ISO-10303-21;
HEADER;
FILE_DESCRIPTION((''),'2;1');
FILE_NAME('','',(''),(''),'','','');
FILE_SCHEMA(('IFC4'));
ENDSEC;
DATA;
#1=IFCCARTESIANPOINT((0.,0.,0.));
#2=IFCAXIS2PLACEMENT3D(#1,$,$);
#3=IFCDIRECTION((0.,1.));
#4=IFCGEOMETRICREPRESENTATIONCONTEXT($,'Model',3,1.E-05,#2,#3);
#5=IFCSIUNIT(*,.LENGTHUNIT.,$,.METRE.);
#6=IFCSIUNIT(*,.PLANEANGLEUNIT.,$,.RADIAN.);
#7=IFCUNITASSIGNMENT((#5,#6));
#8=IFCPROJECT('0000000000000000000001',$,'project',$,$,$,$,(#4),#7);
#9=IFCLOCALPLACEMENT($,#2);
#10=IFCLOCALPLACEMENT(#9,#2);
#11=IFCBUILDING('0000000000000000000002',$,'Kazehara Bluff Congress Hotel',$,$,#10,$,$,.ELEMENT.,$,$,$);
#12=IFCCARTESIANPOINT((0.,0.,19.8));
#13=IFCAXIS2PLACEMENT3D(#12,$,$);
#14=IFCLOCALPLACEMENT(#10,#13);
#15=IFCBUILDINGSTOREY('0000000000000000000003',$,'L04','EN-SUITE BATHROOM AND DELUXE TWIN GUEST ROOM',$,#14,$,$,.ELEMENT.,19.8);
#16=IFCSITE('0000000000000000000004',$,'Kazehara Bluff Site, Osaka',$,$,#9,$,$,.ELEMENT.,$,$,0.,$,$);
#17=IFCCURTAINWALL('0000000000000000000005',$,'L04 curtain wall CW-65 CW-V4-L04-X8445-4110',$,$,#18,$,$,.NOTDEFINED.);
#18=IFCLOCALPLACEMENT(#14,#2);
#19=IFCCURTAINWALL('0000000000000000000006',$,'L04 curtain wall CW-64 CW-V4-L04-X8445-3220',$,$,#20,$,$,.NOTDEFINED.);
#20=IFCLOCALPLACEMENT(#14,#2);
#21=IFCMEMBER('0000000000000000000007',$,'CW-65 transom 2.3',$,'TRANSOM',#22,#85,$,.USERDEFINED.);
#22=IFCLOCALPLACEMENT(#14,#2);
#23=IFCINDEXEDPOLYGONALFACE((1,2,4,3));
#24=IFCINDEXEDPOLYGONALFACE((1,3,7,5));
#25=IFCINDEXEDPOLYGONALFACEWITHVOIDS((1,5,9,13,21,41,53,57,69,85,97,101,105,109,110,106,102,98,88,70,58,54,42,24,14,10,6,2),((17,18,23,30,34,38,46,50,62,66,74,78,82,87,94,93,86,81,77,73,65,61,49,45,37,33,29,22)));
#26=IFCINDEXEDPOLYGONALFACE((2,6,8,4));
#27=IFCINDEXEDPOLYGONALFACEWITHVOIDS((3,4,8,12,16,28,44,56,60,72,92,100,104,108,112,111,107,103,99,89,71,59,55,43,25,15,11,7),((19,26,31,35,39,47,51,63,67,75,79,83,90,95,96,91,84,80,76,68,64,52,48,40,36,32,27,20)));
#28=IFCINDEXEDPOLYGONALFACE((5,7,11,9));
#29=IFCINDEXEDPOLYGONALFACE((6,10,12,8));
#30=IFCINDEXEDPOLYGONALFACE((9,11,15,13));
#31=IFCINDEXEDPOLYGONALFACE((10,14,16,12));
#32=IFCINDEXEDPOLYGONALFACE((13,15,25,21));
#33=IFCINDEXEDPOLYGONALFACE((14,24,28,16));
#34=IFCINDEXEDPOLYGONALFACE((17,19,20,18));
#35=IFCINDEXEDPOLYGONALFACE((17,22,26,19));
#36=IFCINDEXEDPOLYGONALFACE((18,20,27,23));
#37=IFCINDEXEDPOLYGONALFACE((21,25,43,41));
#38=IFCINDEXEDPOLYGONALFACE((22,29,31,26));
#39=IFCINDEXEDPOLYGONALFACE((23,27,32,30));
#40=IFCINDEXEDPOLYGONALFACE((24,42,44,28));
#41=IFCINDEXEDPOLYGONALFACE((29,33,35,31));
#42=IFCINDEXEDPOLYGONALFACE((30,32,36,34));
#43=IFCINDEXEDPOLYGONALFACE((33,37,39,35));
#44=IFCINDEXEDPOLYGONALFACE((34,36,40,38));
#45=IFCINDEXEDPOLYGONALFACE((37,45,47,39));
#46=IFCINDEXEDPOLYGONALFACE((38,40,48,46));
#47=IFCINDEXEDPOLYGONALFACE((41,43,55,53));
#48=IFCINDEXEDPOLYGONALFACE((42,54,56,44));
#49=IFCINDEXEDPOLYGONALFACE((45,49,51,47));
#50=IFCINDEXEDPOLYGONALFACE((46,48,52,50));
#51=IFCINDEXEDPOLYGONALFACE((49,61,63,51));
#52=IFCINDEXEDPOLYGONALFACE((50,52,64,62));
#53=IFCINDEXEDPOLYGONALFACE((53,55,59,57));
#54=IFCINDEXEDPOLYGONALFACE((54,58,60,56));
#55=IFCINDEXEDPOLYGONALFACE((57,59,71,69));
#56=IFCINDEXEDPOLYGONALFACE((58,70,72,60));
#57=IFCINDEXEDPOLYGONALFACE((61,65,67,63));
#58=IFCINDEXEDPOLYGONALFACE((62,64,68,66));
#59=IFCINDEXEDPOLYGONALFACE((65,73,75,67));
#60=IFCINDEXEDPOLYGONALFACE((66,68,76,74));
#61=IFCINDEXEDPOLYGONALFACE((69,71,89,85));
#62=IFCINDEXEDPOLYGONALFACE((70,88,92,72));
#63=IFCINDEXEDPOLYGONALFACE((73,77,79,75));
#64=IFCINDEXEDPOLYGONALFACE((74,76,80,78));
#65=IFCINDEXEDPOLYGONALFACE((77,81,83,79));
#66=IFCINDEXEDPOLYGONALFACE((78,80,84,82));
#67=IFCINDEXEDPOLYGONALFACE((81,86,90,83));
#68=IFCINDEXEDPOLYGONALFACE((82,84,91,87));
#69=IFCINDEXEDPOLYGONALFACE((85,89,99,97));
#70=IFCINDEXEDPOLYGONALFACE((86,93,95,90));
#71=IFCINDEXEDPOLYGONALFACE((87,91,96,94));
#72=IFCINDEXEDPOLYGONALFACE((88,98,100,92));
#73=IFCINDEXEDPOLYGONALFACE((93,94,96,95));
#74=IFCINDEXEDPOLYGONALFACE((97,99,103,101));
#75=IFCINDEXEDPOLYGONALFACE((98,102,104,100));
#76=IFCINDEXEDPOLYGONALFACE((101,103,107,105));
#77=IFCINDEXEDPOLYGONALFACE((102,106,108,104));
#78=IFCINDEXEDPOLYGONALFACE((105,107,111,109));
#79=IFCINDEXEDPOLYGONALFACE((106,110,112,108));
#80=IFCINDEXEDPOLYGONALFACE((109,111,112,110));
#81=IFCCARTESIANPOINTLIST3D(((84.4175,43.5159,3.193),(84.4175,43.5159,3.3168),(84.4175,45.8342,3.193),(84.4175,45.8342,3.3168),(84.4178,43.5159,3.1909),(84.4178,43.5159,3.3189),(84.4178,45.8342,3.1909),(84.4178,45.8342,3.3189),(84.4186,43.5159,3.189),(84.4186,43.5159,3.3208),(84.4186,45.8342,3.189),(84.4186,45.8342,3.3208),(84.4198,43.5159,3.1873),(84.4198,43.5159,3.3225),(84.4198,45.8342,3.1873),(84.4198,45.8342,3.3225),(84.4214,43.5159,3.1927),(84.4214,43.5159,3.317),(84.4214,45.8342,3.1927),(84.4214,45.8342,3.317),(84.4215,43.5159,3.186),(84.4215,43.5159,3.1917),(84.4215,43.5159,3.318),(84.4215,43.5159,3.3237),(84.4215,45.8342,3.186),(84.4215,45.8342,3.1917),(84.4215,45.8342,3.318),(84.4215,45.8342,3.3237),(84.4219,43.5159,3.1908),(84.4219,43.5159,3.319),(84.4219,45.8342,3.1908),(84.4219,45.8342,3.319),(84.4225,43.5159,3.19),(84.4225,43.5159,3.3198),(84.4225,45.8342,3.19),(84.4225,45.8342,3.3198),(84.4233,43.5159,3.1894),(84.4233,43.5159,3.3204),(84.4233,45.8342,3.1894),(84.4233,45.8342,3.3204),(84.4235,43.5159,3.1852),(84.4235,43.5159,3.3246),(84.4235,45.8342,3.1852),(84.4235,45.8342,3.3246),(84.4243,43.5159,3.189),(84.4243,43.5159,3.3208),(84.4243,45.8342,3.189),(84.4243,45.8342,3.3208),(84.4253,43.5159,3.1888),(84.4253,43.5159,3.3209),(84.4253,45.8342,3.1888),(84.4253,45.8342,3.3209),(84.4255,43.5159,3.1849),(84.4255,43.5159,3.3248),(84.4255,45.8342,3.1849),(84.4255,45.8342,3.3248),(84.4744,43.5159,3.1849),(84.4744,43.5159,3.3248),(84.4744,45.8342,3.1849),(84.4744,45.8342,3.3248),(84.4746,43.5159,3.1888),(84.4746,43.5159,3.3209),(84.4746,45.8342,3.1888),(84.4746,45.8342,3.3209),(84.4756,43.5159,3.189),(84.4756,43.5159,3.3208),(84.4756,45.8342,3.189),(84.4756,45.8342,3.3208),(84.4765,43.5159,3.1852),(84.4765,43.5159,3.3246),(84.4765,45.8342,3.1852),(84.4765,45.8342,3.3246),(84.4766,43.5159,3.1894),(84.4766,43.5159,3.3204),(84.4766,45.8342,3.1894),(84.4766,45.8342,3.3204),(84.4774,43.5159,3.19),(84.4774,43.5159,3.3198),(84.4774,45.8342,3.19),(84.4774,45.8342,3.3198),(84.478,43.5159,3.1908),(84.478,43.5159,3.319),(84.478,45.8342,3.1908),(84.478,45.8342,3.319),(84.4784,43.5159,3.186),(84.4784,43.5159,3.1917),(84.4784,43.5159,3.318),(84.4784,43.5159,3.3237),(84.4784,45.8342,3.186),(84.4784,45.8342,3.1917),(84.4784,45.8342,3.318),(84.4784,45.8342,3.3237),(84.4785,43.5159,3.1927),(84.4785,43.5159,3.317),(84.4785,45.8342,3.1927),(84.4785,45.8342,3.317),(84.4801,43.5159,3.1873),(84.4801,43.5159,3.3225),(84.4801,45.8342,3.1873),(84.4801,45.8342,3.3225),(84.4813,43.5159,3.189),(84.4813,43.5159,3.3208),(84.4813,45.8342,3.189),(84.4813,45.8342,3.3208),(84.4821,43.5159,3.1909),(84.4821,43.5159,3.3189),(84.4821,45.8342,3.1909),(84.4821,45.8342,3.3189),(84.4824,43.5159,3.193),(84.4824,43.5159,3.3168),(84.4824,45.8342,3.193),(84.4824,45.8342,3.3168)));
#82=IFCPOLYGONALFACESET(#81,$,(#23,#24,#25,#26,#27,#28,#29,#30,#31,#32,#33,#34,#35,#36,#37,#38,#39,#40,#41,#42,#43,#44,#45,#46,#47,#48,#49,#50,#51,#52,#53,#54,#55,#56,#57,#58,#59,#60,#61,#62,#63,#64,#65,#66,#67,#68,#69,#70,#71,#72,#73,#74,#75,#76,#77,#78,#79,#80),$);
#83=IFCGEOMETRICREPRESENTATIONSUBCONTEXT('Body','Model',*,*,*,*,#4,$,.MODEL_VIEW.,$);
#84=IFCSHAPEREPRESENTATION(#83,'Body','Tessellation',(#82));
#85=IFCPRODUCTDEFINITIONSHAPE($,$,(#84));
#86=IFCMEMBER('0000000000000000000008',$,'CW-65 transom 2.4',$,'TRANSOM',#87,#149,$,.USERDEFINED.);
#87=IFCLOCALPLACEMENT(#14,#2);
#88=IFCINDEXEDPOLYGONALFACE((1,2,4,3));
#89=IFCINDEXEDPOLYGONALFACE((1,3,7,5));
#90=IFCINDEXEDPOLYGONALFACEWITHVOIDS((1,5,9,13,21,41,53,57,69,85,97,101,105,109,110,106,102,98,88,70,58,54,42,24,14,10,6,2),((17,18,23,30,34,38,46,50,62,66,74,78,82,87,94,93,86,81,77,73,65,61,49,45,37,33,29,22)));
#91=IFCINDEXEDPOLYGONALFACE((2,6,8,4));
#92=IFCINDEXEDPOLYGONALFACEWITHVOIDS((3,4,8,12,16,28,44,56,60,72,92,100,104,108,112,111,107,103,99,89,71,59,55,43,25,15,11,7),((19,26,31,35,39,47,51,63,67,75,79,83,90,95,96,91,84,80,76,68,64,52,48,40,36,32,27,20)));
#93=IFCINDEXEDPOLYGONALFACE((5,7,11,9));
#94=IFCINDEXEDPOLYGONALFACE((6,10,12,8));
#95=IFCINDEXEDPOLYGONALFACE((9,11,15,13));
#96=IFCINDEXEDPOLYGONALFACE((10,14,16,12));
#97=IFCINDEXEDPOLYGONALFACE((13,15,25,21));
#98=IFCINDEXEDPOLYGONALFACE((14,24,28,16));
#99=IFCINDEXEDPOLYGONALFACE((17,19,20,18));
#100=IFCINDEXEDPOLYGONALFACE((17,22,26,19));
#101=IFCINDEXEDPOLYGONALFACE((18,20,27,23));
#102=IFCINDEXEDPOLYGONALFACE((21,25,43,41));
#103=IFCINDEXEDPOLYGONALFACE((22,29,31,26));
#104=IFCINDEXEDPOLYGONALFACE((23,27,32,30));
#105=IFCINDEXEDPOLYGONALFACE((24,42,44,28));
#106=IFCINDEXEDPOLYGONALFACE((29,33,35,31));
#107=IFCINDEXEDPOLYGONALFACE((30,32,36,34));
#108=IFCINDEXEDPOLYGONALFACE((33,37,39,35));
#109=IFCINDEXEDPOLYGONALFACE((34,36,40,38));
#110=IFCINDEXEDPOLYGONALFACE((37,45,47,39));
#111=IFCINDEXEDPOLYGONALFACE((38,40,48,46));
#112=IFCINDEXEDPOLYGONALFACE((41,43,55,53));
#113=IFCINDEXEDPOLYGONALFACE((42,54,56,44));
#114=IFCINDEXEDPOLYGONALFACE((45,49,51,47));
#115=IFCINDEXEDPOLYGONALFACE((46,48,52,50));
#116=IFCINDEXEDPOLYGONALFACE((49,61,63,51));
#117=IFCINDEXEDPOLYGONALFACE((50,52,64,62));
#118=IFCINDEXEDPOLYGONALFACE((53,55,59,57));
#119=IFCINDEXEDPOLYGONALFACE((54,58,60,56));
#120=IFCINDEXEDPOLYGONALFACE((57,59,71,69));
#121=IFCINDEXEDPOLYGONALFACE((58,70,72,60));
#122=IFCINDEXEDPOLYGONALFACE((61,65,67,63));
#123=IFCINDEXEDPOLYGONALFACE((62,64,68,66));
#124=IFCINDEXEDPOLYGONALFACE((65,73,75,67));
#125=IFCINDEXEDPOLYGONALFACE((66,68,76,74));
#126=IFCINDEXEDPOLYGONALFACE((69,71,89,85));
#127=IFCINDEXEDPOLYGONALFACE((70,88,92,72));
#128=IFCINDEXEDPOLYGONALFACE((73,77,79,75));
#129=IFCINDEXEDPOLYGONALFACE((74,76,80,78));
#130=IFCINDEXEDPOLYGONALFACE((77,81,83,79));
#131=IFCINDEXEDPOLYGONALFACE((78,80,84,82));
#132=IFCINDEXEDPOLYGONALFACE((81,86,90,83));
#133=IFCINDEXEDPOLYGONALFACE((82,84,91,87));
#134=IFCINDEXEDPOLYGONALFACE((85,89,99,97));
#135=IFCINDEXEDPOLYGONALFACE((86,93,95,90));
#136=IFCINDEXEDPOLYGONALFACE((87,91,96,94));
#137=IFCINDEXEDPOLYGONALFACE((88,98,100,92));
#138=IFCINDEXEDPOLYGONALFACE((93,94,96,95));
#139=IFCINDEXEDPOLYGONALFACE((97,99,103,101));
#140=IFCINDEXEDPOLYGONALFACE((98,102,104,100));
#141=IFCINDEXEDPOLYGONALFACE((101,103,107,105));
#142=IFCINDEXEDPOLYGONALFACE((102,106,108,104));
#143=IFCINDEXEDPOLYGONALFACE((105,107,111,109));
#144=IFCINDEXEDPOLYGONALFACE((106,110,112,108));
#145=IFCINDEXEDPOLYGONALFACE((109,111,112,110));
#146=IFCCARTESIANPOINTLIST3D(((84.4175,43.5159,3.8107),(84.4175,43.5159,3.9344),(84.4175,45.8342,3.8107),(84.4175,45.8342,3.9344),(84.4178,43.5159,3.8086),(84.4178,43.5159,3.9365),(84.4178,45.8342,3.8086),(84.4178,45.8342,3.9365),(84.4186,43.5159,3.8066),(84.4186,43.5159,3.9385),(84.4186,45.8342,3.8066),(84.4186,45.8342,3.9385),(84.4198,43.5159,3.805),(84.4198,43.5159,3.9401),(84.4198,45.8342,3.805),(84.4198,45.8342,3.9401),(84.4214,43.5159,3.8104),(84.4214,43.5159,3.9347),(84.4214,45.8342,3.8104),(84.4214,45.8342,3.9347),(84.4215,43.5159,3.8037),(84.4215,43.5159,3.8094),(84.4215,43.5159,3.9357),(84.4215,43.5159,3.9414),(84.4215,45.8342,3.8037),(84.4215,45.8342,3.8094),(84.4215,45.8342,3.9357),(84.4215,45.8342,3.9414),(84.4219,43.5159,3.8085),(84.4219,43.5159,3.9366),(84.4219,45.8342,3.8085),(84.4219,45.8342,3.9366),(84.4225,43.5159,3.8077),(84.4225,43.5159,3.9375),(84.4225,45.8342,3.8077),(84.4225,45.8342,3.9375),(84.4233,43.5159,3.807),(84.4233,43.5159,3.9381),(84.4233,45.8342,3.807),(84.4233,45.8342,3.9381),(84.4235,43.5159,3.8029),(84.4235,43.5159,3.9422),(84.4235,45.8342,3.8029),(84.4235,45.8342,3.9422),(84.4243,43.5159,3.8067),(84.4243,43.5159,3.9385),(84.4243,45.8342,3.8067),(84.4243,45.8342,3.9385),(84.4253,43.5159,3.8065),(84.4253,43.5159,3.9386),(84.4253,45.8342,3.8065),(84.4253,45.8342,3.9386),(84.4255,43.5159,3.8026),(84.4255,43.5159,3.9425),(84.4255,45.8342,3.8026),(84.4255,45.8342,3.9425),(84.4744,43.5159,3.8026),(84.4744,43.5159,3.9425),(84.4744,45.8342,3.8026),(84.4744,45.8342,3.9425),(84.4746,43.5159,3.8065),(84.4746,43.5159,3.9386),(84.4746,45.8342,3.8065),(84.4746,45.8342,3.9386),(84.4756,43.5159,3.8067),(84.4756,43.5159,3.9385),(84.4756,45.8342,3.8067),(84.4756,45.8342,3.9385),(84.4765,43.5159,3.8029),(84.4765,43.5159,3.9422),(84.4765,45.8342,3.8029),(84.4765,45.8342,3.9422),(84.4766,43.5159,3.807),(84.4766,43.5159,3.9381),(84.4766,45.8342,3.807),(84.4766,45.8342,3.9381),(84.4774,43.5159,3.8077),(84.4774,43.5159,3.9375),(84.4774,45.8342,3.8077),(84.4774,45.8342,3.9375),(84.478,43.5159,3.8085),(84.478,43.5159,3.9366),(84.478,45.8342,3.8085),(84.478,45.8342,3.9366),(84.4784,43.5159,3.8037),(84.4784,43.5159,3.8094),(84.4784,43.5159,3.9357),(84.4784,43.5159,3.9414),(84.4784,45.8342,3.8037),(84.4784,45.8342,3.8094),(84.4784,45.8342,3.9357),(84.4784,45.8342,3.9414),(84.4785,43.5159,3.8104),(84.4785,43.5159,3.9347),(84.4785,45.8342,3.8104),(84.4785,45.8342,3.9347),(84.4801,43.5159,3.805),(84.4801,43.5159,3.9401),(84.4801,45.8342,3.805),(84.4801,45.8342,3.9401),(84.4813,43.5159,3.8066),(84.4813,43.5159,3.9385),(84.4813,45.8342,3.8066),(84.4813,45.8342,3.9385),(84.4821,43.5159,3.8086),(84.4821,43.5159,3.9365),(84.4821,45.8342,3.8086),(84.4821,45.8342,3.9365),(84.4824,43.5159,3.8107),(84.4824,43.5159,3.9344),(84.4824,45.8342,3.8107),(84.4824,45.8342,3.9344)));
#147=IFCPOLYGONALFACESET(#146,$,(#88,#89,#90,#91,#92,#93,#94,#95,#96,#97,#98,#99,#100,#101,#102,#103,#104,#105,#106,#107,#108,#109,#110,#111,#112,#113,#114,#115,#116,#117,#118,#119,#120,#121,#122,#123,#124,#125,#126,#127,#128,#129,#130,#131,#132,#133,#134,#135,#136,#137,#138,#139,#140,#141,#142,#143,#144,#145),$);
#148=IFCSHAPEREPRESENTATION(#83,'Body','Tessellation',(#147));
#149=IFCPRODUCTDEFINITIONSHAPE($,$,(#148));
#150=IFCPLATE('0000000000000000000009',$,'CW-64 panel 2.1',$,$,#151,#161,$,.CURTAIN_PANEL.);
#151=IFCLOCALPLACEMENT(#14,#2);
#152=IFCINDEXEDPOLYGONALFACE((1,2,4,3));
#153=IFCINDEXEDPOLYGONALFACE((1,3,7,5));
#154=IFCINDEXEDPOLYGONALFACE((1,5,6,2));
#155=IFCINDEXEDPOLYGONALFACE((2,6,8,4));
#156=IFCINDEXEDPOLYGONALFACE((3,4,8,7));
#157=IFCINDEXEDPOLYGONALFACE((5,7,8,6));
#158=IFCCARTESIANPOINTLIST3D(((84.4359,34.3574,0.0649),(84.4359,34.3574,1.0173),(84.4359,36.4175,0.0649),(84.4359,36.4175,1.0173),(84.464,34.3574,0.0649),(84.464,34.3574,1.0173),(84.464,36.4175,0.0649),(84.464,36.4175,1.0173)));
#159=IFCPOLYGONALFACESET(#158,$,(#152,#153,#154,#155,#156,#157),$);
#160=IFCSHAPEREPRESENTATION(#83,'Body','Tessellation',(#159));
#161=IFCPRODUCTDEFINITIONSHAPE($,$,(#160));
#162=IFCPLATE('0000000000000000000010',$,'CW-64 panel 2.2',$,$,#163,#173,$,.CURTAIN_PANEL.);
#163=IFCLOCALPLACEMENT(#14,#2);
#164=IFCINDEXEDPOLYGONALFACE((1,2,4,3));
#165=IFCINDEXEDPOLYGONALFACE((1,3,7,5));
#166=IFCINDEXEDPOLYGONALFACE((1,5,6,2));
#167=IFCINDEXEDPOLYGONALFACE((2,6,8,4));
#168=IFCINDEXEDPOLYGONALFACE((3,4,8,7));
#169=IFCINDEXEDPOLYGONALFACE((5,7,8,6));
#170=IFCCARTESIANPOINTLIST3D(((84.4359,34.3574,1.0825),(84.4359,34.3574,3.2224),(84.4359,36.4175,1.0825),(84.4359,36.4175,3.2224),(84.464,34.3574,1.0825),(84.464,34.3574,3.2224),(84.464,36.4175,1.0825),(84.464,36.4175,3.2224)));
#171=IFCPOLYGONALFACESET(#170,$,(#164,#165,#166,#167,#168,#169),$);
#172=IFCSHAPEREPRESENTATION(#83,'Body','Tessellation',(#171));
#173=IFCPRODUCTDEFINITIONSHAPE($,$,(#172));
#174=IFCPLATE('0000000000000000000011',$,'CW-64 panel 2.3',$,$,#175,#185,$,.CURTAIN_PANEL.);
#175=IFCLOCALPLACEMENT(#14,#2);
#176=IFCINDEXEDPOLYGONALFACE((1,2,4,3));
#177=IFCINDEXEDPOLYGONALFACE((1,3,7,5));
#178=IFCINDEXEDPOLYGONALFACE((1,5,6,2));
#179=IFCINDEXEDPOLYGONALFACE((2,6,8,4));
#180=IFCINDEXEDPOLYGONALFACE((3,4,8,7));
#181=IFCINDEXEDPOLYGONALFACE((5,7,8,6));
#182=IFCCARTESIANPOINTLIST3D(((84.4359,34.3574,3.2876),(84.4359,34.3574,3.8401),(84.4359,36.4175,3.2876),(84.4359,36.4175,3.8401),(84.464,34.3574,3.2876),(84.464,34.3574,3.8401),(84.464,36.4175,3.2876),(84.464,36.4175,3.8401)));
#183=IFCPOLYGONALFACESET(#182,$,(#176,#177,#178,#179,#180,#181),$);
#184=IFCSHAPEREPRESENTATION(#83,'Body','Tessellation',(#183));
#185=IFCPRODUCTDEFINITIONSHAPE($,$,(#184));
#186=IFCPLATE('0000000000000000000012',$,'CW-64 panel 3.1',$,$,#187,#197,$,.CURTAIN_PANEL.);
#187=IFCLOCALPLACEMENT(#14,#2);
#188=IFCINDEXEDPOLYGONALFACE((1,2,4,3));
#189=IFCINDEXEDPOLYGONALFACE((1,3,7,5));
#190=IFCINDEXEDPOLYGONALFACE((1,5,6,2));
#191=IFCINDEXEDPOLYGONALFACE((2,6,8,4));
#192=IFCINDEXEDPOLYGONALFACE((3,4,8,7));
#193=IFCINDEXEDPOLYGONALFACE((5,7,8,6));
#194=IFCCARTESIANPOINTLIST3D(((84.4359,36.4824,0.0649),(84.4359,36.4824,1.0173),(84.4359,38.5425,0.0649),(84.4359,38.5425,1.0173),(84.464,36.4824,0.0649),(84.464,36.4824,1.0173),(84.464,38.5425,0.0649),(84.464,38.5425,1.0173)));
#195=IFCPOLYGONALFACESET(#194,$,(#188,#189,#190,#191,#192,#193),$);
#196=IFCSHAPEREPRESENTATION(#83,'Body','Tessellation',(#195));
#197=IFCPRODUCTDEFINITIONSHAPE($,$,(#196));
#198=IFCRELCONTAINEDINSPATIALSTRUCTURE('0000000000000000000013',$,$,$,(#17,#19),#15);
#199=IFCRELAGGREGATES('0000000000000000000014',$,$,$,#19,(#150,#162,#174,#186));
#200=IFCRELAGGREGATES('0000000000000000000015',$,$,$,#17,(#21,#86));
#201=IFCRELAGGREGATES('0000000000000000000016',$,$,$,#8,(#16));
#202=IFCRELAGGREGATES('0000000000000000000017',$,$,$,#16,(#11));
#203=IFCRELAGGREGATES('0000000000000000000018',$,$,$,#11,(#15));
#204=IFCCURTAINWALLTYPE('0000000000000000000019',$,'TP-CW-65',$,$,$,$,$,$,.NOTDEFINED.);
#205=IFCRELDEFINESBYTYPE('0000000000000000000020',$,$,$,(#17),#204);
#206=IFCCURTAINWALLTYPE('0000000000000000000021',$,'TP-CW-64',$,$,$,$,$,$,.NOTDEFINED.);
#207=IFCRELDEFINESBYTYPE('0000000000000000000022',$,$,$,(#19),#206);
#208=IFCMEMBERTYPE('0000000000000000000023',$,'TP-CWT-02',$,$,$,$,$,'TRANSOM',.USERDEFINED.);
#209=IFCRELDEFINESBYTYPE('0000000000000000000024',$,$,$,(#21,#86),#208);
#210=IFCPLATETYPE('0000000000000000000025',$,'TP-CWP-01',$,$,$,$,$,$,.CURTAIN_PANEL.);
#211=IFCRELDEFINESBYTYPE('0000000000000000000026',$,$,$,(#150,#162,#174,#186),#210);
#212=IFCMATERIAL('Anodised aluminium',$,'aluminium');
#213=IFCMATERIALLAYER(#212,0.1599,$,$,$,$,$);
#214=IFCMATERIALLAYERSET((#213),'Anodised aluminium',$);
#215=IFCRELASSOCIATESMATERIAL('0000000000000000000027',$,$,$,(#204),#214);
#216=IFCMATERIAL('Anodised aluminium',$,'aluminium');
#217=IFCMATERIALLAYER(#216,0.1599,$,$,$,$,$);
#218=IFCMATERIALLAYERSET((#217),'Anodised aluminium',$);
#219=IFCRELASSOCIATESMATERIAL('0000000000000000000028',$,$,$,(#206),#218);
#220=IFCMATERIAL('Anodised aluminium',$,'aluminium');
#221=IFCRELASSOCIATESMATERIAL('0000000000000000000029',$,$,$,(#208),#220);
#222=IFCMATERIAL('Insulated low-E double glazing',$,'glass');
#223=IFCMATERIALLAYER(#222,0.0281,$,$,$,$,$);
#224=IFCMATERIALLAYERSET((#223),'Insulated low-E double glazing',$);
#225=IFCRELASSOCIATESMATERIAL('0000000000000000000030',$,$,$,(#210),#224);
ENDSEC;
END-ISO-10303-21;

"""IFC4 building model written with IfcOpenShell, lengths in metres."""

from ifc_helpers import new_model, si_unit, direction, frame, origin, origin_2d, place, context, subcontext, project, spatial, rectangle, hollow_rectangle, extrude, material, layer, layer_set, material_profile, profile_set, type_object, element, aggregate, save


model = new_model("IFC4")

# Units and contexts
model_context = context("Model", 3, precision=1e-05, world=origin(), true_north=direction((0.0, 1.0)))
body_context = subcontext(model_context, "Body", "Model", "MODEL_VIEW")
ifc_project = project(units=[si_unit("LENGTHUNIT", "METRE"), si_unit("PLANEANGLEUNIT", "RADIAN")], contexts=[model_context])

# Site, building, storey
site_placement = place(None, origin())
site = spatial("IfcSite", under=ifc_project, at=site_placement, Name="Kazehara Bluff Site, Osaka", CompositionType="ELEMENT", RefElevation=0.0)
building_placement = place(site_placement, origin())
building = spatial("IfcBuilding", under=site, at=building_placement, Name="Kazehara Bluff Congress Hotel", CompositionType="ELEMENT")
storey_placement = place(building_placement, frame((0.0, 0.0, 19.8)))
storey = spatial("IfcBuildingStorey", under=building, at=storey_placement, Name="L04", Description="EN-SUITE BATHROOM AND DELUXE TWIN GUEST ROOM", CompositionType="ELEMENT", Elevation=19.8)

# Curtain walls
ifc_material_1 = material(Name="Anodised aluminium", Category="aluminium")
ifc_layer_1 = layer(ifc_material_1, 0.1599)
ifc_layer_set_1 = layer_set([ifc_layer_1], Name="Anodised aluminium")
curtain_wall_type_1 = type_object("IfcCurtainWallType", Name="TP-CW-65", PredefinedType="NOTDEFINED", material=ifc_layer_set_1)
curtain_wall_1_placement = place(storey_placement, origin())
curtain_wall_1 = element("IfcCurtainWall", 1, at=curtain_wall_1_placement, inside=storey, type_object=curtain_wall_type_1, Name="L04 curtain wall CW-65 CW-V4-L04-X8445-4110", PredefinedType="NOTDEFINED")
ifc_material_2 = material(Name="Anodised aluminium", Category="aluminium")
ifc_layer_2 = layer(ifc_material_2, 0.1599)
ifc_layer_set_2 = layer_set([ifc_layer_2], Name="Anodised aluminium")
curtain_wall_type_2 = type_object("IfcCurtainWallType", Name="TP-CW-64", PredefinedType="NOTDEFINED", material=ifc_layer_set_2)
curtain_wall_2_placement = place(storey_placement, origin())
curtain_wall_2 = element("IfcCurtainWall", 2, at=curtain_wall_2_placement, inside=storey, type_object=curtain_wall_type_2, Name="L04 curtain wall CW-64 CW-V4-L04-X8445-3220", PredefinedType="NOTDEFINED")
ifc_material_3 = material(Name="Anodised aluminium", Category="aluminium")
ifc_material_profile_1 = material_profile(ifc_material_3, hollow_rectangle(XDim=0.0649, YDim=0.1399, WallThickness=0.0039, InnerFilletRadius=0.0039, OuterFilletRadius=0.0081, at=origin_2d()))
ifc_profile_set_1 = profile_set([ifc_material_profile_1], Name="Anodised aluminium")
member_type_1 = type_object("IfcMemberType", Name="TP-CWT-02", ElementType="TRANSOM", PredefinedType="USERDEFINED", material=ifc_profile_set_1)

# Members
member_1_placement = place(storey_placement, frame((84.45, 43.5159, 3.2549), z_axis=(0.0, 1.0, 0.0), x_axis=(-1.0, 0.0, 0.0)))
member_1 = element("IfcMember", 3, at=member_1_placement, type_object=member_type_1, Name="CW-65 transom 2.3", ObjectType="TRANSOM", PredefinedType="USERDEFINED", context=body_context, shape_type="SweptSolid", body=[
    extrude(hollow_rectangle(XDim=0.0649, YDim=0.1399, WallThickness=0.0039, InnerFilletRadius=0.0039, OuterFilletRadius=0.0081, at=origin_2d()), origin(), (0.0, 0.0, 1.0), 2.3184),
])
member_2_placement = place(storey_placement, frame((84.45, 43.5159, 3.8726), z_axis=(0.0, 1.0, 0.0), x_axis=(-1.0, 0.0, 0.0)))
member_2 = element("IfcMember", 4, at=member_2_placement, type_object=member_type_1, Name="CW-65 transom 2.4", ObjectType="TRANSOM", PredefinedType="USERDEFINED", context=body_context, shape_type="SweptSolid", body=[
    extrude(hollow_rectangle(XDim=0.0649, YDim=0.1399, WallThickness=0.0039, InnerFilletRadius=0.0039, OuterFilletRadius=0.0081, at=origin_2d()), origin(), (0.0, 0.0, 1.0), 2.3184),
])

# Plates
ifc_material_4 = material(Name="Insulated low-E double glazing", Category="glass")
ifc_layer_3 = layer(ifc_material_4, 0.0281)
ifc_layer_set_3 = layer_set([ifc_layer_3], Name="Insulated low-E double glazing")
plate_type = type_object("IfcPlateType", Name="TP-CWP-01", PredefinedType="CURTAIN_PANEL", material=ifc_layer_set_3)
plate_1_placement = place(storey_placement, frame((84.45, 35.3875, 0.0649), z_axis=(0.0, 0.0, 1.0), x_axis=(0.0, 1.0, 0.0)))
plate_1 = element("IfcPlate", 5, at=plate_1_placement, type_object=plate_type, Name="CW-64 panel 2.1", PredefinedType="CURTAIN_PANEL", context=body_context, shape_type="SweptSolid", body=[
    extrude(rectangle(XDim=2.0601, YDim=0.0281, at=origin_2d()), origin(), (0.0, 0.0, 1.0), 0.9524),
])
plate_2_placement = place(storey_placement, frame((84.45, 35.3875, 1.0825), z_axis=(0.0, 0.0, 1.0), x_axis=(0.0, 1.0, 0.0)))
plate_2 = element("IfcPlate", 6, at=plate_2_placement, type_object=plate_type, Name="CW-64 panel 2.2", PredefinedType="CURTAIN_PANEL", context=body_context, shape_type="SweptSolid", body=[
    extrude(rectangle(XDim=2.0601, YDim=0.0281, at=origin_2d()), origin(), (0.0, 0.0, 1.0), 2.1399),
])
plate_3_placement = place(storey_placement, frame((84.45, 35.3875, 3.2876), z_axis=(0.0, 0.0, 1.0), x_axis=(0.0, 1.0, 0.0)))
plate_3 = element("IfcPlate", 7, at=plate_3_placement, type_object=plate_type, Name="CW-64 panel 2.3", PredefinedType="CURTAIN_PANEL", context=body_context, shape_type="SweptSolid", body=[
    extrude(rectangle(XDim=2.0601, YDim=0.0281, at=origin_2d()), origin(), (0.0, 0.0, 1.0), 0.5525),
])
plate_4_placement = place(storey_placement, frame((84.45, 37.5125, 0.0649), z_axis=(0.0, 0.0, 1.0), x_axis=(0.0, 1.0, 0.0)))
plate_4 = element("IfcPlate", 8, at=plate_4_placement, type_object=plate_type, Name="CW-64 panel 3.1", PredefinedType="CURTAIN_PANEL", context=body_context, shape_type="SweptSolid", body=[
    extrude(rectangle(XDim=2.0601, YDim=0.0281, at=origin_2d()), origin(), (0.0, 0.0, 1.0), 0.9524),
])
aggregate(curtain_wall_2, [plate_1, plate_2, plate_3, plate_4])
aggregate(curtain_wall_1, [member_1, member_2])

save(model, "model.ifc")
